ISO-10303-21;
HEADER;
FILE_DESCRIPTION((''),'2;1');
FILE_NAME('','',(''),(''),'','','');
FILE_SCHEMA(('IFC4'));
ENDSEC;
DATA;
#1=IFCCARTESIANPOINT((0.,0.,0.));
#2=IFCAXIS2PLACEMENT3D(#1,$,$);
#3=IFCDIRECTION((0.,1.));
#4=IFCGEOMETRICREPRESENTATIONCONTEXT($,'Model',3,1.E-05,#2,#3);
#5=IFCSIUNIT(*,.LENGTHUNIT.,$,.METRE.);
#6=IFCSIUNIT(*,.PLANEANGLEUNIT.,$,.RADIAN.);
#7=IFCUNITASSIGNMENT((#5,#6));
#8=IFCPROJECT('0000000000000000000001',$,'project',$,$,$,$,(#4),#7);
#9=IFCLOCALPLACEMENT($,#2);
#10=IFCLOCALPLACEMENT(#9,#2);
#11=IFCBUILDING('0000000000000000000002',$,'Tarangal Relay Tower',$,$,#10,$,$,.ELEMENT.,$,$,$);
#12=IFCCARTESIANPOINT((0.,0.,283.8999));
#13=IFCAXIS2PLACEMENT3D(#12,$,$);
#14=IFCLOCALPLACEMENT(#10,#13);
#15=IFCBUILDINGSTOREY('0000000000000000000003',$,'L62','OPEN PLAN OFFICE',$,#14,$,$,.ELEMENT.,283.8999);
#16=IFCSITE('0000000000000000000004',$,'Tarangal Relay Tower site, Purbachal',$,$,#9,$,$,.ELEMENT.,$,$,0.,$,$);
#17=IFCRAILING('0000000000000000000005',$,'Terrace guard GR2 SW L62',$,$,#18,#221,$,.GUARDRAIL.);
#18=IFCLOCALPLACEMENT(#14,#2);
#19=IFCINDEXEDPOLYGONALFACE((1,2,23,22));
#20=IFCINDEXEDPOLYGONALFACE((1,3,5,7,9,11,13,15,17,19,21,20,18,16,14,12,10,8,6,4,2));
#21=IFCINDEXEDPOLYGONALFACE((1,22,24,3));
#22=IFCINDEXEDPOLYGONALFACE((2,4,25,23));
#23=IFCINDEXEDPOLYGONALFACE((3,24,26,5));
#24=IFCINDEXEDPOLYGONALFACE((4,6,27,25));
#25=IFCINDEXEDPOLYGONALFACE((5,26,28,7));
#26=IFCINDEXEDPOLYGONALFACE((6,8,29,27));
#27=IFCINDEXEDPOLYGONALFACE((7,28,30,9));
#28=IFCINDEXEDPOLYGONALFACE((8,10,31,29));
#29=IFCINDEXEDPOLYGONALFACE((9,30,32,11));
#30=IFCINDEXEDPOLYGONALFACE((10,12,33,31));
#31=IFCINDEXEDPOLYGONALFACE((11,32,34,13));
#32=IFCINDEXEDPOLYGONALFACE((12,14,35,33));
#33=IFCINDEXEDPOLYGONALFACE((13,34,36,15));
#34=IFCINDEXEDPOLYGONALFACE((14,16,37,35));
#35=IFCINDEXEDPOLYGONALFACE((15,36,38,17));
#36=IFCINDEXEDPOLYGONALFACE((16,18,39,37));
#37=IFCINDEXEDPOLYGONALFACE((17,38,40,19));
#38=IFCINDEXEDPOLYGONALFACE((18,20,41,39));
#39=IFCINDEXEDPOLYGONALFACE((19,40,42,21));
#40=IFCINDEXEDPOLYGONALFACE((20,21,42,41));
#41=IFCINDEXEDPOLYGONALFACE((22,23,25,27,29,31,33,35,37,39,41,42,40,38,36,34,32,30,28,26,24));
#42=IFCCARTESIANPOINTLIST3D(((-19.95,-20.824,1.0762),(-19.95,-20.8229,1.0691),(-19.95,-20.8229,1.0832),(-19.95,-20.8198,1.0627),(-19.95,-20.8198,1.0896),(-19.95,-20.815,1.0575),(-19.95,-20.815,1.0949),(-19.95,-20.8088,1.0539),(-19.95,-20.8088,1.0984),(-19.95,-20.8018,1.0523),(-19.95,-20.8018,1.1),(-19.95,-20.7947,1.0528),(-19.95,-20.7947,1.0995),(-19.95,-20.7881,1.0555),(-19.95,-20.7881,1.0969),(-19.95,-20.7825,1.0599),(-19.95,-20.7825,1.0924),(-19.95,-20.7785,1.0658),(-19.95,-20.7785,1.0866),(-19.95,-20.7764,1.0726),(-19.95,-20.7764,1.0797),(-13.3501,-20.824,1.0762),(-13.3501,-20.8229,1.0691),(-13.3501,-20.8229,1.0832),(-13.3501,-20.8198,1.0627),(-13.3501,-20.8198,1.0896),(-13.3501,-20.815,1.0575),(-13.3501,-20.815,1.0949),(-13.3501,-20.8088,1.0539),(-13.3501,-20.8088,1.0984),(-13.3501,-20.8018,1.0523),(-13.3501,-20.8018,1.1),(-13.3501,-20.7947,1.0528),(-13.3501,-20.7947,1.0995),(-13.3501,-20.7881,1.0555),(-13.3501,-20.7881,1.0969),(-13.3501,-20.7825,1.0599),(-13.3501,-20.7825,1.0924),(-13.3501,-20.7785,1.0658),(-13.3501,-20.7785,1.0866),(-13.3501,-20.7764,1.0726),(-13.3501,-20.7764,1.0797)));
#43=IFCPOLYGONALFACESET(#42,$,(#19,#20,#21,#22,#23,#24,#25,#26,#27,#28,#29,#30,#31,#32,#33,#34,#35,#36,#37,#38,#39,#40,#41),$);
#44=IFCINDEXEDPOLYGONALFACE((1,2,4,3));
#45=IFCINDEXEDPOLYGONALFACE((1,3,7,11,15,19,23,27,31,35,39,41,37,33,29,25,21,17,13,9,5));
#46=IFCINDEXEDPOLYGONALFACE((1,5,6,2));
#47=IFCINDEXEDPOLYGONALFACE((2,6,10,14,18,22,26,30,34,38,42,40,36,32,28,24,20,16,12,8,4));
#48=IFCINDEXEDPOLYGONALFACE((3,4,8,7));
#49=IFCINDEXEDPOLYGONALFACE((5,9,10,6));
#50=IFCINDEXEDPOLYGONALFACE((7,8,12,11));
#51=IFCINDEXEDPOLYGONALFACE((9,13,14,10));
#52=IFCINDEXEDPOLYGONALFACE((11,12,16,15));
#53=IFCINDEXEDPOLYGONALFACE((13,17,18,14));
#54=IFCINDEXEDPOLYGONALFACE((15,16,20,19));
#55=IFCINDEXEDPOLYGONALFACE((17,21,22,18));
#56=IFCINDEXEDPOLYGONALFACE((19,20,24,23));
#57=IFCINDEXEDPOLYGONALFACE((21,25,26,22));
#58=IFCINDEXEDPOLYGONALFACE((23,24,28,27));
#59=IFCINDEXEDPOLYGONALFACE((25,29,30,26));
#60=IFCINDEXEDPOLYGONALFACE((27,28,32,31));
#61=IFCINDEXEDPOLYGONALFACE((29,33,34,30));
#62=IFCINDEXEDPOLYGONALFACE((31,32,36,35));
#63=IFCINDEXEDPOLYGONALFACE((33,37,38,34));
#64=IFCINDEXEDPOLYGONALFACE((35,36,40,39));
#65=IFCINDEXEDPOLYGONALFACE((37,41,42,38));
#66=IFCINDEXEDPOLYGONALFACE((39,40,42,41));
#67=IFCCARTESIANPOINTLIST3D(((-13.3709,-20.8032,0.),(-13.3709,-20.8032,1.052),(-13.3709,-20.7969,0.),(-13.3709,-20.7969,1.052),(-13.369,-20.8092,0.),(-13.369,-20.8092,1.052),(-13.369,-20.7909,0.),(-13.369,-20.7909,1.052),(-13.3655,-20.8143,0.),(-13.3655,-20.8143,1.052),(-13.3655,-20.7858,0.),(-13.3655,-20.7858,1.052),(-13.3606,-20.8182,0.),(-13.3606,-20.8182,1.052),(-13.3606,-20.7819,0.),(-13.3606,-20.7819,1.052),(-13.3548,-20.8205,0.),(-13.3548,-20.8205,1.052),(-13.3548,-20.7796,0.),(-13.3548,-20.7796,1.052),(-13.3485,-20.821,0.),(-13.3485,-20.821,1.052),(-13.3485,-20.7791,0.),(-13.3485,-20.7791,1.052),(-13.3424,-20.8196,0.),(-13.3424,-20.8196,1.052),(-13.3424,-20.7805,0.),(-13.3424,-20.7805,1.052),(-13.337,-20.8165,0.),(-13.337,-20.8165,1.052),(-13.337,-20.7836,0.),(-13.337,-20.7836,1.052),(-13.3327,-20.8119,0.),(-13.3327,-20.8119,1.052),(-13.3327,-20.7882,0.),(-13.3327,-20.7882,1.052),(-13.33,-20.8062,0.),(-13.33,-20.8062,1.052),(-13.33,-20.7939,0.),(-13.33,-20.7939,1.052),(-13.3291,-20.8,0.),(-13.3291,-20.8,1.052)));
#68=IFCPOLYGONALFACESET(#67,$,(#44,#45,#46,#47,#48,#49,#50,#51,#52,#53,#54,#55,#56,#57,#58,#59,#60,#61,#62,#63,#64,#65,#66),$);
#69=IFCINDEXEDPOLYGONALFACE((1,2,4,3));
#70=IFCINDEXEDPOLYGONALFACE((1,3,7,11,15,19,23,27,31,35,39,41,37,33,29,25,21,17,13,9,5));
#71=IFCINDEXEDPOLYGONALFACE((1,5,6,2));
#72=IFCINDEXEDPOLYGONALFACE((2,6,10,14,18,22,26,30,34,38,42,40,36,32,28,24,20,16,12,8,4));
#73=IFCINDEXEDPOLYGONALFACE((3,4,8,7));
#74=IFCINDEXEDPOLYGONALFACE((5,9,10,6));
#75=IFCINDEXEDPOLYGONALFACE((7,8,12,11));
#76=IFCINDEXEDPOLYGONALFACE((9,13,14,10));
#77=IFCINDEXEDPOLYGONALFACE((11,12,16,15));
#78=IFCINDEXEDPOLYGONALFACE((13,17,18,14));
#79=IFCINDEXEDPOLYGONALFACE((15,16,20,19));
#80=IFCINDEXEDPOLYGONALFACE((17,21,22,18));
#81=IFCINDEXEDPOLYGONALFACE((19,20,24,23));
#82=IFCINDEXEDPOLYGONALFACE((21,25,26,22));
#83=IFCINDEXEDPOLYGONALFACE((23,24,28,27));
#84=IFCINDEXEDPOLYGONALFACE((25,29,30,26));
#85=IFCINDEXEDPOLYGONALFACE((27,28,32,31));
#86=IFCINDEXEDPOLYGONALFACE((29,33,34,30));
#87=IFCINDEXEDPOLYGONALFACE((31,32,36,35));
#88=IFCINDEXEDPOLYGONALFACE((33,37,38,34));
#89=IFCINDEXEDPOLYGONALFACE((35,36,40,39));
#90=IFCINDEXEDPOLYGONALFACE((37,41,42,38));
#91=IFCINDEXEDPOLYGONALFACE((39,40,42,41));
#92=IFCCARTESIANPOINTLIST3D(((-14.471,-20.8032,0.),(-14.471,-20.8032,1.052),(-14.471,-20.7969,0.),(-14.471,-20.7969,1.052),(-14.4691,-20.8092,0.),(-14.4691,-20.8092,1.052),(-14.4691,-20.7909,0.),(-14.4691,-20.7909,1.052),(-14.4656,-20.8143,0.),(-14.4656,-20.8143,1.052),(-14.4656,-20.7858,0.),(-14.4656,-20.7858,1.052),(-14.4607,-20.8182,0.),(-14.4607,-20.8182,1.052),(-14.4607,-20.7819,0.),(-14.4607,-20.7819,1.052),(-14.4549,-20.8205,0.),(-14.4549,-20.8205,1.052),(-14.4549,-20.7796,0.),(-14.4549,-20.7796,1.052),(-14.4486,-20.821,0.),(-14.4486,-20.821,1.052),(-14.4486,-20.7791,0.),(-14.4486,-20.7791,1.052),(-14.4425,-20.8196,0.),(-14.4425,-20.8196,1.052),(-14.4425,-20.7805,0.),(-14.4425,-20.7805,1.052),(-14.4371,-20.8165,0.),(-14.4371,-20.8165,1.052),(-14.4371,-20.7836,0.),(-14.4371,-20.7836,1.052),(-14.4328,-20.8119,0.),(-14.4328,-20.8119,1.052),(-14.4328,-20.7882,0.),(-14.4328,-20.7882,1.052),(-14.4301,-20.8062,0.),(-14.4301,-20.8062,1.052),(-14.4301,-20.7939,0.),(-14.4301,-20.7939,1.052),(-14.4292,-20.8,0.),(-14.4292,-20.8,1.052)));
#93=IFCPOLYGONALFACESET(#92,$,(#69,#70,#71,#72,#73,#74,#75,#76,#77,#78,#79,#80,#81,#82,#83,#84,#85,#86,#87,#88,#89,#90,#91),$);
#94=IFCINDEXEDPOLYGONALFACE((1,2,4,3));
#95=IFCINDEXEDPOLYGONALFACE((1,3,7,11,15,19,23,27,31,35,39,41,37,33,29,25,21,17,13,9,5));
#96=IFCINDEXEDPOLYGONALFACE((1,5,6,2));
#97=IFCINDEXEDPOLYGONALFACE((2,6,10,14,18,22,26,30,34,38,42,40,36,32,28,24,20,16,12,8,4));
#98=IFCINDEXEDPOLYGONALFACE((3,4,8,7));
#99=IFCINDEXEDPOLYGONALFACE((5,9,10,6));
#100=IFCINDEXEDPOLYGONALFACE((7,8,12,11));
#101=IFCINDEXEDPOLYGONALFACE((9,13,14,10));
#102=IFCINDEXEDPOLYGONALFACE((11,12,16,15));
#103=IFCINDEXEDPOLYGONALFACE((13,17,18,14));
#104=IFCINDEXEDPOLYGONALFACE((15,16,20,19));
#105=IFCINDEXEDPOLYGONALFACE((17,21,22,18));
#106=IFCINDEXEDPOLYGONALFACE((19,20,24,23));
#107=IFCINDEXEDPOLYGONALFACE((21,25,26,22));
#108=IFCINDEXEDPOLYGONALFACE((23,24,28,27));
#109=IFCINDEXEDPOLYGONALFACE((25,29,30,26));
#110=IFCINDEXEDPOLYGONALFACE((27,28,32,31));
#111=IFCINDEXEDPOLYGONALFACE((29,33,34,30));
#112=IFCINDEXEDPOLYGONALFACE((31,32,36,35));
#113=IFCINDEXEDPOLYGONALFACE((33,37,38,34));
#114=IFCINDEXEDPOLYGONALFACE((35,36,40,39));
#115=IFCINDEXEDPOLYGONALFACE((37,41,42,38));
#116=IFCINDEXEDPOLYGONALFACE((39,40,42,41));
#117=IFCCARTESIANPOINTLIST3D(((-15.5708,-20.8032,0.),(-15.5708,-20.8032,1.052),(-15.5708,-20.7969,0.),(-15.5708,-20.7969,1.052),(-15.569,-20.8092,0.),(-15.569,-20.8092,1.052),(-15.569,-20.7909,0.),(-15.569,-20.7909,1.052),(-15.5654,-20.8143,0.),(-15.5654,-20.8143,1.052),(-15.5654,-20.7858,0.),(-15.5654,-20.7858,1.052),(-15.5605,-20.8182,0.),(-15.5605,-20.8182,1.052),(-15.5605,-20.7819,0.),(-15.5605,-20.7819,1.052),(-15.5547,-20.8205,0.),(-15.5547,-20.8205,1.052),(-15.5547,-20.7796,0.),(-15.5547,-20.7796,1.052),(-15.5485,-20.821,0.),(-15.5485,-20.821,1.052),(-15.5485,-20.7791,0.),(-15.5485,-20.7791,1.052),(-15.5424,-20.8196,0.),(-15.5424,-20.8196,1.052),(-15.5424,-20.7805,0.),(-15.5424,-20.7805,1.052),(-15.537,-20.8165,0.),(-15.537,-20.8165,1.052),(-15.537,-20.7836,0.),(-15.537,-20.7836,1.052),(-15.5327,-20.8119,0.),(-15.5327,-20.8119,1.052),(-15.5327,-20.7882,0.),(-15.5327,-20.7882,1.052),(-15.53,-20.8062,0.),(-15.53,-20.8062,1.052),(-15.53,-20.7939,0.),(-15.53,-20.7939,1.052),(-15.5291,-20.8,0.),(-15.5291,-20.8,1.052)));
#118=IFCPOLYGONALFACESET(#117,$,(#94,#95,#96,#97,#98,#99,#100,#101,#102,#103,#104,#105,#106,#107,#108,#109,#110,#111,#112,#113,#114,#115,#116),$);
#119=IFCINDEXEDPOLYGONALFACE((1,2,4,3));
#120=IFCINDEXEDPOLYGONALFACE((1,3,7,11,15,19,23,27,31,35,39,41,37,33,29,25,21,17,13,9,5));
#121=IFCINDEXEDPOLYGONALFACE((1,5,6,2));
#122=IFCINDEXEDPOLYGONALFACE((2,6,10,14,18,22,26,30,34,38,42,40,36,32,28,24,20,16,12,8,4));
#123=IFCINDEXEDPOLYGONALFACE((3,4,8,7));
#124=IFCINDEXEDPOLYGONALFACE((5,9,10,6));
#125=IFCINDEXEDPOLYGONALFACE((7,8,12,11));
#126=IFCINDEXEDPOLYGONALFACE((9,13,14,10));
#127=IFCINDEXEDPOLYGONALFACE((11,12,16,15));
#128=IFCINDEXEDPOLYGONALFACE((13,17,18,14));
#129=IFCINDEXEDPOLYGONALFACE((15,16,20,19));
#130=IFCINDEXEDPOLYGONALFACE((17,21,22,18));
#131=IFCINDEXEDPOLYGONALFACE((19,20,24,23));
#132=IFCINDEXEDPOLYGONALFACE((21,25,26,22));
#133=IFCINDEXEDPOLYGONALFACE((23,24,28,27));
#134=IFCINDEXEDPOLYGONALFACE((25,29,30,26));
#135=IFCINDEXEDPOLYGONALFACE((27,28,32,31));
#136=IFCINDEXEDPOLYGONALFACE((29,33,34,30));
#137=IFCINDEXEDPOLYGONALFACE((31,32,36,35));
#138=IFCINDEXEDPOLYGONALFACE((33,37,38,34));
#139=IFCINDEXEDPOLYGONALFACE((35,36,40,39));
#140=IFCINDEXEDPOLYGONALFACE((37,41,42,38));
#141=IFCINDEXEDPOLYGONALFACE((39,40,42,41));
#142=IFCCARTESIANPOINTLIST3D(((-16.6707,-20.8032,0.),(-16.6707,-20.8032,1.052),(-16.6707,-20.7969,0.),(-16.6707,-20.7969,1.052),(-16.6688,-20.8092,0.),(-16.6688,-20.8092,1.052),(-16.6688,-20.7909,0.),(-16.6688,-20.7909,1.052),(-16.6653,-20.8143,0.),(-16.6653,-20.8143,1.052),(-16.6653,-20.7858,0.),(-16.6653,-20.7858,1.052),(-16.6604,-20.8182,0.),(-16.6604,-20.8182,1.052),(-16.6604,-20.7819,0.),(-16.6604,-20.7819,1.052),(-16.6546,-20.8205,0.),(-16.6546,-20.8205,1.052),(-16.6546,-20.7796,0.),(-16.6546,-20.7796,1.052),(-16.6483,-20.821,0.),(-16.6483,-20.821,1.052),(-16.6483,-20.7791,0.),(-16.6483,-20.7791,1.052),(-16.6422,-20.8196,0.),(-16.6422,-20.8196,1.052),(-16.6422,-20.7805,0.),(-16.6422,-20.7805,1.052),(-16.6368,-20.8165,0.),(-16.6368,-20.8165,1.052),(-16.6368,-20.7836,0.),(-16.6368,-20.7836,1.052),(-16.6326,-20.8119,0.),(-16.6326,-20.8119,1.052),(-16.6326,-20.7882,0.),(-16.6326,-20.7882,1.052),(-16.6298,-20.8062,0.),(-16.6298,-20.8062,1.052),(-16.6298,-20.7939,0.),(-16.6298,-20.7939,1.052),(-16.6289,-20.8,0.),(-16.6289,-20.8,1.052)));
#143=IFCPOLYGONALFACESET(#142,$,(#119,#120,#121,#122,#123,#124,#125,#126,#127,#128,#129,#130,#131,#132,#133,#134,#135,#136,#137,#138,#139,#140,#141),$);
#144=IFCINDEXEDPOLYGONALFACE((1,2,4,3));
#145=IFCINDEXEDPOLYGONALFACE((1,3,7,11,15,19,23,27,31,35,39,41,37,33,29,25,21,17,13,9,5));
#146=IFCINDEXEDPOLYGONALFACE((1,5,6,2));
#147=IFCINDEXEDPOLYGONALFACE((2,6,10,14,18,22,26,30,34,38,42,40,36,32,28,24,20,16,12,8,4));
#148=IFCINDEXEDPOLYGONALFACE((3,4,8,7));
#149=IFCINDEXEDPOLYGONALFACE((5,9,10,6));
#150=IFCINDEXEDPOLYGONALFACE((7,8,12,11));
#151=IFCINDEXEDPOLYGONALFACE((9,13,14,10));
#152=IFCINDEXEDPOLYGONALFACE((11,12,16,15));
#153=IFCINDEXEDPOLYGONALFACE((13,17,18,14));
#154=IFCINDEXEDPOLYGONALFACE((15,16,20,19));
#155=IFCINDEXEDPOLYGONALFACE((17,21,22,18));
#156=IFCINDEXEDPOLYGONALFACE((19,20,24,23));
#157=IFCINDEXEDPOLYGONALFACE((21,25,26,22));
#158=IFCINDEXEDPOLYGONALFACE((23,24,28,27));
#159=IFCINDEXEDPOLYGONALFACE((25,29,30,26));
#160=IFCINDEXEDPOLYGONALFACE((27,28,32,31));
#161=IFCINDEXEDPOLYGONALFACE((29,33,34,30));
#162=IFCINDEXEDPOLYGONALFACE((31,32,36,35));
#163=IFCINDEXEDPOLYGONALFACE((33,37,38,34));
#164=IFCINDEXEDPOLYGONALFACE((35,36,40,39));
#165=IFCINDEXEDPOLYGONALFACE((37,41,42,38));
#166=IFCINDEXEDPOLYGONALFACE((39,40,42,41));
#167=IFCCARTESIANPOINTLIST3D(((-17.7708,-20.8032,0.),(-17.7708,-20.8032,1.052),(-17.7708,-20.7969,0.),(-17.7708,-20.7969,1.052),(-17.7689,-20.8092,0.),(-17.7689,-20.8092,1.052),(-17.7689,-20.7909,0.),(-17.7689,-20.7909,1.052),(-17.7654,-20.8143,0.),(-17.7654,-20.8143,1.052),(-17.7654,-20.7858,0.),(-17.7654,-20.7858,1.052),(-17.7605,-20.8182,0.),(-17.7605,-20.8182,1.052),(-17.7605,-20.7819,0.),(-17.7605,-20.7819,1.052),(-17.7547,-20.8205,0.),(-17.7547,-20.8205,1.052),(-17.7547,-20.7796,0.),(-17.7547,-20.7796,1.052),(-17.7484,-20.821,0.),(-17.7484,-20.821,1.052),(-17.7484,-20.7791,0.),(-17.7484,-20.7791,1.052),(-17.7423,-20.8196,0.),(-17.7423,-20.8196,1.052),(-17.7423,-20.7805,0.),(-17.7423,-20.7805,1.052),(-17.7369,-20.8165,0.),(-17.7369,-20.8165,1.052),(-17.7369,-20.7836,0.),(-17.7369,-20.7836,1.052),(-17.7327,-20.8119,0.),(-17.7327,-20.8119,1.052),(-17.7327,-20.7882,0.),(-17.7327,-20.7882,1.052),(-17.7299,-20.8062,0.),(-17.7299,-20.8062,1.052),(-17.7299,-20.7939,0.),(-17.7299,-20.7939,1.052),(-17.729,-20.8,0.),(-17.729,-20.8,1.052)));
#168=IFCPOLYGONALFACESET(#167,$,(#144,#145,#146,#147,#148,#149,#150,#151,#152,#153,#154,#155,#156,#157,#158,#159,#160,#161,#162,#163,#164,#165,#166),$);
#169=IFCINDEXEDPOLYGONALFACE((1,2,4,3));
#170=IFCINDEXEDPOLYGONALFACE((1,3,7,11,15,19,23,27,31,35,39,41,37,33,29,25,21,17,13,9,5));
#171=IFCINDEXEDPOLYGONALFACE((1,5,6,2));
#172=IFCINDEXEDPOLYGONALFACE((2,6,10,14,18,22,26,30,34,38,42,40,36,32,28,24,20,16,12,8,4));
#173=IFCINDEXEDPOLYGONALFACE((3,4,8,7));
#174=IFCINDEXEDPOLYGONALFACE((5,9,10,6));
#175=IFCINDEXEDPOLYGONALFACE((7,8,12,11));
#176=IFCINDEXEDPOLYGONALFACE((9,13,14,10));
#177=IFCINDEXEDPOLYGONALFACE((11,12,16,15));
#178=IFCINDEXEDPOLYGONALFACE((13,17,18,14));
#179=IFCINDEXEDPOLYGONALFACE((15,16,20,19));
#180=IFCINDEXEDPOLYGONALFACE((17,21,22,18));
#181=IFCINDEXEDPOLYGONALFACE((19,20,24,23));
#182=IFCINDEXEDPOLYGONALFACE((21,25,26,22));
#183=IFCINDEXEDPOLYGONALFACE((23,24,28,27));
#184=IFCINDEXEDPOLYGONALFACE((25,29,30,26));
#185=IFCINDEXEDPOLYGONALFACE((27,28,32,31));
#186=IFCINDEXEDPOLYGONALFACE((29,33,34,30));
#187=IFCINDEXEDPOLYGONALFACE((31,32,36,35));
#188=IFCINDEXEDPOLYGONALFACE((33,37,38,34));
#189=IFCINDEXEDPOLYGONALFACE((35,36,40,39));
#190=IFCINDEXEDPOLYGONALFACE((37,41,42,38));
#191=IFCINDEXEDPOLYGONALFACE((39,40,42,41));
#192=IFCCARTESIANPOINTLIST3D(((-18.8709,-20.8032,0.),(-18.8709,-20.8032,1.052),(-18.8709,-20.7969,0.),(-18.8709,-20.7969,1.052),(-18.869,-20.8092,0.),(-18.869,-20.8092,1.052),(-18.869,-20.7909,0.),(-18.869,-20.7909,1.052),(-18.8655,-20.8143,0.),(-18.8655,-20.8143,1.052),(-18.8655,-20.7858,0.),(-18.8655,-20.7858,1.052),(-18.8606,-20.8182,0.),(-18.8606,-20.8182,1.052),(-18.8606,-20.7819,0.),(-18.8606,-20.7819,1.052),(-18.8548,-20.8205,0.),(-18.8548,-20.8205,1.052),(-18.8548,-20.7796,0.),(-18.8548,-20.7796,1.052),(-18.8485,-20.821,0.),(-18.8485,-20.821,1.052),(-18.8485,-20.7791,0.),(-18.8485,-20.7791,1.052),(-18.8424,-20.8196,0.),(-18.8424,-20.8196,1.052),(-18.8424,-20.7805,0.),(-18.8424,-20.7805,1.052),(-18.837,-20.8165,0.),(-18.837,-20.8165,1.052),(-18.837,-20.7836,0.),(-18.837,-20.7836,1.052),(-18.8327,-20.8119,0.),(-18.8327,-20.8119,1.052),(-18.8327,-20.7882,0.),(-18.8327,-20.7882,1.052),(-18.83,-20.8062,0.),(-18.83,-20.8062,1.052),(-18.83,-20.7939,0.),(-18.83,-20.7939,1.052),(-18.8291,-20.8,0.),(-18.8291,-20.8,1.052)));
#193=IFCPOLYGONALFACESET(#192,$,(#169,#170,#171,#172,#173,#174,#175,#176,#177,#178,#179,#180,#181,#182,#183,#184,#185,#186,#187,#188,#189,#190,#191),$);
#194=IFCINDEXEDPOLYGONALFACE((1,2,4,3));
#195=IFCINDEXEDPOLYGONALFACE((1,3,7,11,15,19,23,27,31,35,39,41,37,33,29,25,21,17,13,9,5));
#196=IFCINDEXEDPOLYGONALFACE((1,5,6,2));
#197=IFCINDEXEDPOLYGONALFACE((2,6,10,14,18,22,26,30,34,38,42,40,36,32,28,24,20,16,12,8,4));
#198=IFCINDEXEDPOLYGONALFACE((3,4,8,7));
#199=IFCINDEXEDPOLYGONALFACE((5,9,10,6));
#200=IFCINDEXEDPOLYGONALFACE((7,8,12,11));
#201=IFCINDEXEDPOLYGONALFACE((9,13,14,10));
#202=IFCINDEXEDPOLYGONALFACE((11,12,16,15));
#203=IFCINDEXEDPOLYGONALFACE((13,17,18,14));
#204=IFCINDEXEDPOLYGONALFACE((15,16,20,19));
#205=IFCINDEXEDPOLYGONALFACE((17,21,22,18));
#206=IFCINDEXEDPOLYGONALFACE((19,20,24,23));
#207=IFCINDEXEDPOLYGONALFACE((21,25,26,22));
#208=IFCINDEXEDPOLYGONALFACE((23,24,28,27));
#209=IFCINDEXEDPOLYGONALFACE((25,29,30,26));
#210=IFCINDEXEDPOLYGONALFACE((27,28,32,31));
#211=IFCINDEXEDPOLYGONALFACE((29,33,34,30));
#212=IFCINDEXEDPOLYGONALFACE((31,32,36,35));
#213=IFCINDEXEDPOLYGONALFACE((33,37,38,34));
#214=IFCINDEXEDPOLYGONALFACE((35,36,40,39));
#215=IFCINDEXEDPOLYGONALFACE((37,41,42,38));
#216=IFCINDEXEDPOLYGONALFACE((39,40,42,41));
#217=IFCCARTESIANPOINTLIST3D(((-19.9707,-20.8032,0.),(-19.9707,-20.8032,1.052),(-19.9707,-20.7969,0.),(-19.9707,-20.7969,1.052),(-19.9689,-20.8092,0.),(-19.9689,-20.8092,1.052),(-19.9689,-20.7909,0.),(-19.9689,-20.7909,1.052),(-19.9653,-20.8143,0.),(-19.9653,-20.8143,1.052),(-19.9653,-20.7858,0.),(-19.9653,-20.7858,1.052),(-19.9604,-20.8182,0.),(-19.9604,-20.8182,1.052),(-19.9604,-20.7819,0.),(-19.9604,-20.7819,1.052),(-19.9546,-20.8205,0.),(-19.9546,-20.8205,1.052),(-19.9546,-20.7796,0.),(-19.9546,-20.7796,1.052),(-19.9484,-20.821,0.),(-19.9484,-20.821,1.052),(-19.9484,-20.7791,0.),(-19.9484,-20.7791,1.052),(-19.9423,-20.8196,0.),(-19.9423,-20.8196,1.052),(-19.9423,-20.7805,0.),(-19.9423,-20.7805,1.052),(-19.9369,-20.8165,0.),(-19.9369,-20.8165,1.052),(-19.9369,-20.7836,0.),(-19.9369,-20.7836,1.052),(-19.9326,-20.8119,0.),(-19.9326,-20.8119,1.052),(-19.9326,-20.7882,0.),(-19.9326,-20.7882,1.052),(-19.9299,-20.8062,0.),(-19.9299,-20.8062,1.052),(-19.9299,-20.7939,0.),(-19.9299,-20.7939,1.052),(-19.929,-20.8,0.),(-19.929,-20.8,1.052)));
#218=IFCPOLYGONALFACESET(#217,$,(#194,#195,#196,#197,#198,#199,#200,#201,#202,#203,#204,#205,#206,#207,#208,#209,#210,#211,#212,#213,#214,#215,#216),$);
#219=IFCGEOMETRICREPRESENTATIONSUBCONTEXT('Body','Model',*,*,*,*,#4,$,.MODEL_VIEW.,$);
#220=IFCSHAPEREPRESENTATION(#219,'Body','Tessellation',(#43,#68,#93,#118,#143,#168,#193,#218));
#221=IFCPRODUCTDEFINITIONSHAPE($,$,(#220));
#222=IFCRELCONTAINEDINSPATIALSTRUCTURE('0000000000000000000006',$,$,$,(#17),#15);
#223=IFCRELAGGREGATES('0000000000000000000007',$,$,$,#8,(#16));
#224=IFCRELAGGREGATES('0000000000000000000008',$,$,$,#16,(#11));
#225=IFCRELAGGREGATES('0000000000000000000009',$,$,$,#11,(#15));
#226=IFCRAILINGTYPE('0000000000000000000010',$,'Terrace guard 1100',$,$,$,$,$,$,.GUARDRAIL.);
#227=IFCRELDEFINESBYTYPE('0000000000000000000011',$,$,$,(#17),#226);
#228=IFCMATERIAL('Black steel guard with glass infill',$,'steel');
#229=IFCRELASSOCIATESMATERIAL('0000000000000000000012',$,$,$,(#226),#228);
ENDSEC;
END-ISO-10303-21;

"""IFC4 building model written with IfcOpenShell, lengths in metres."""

from ifc_helpers import new_model, si_unit, direction, frame, origin, origin_2d, place, context, subcontext, project, spatial, circle, extrude, material, type_object, element, save


model = new_model("IFC4")

# Units and contexts
model_context = context("Model", 3, precision=1e-05, world=origin(), true_north=direction((0.0, 1.0)))
body_context = subcontext(model_context, "Body", "Model", "MODEL_VIEW")
ifc_project = project(units=[si_unit("LENGTHUNIT", "METRE"), si_unit("PLANEANGLEUNIT", "RADIAN")], contexts=[model_context])

# Site, building, storey
site_placement = place(None, origin())
site = spatial("IfcSite", under=ifc_project, at=site_placement, Name="Tarangal Relay Tower site, Purbachal", CompositionType="ELEMENT", RefElevation=0.0)
building_placement = place(site_placement, origin())
building = spatial("IfcBuilding", under=site, at=building_placement, Name="Tarangal Relay Tower", CompositionType="ELEMENT")
storey_placement = place(building_placement, frame((0.0, 0.0, 283.8999)))
storey = spatial("IfcBuildingStorey", under=building, at=storey_placement, Name="L62", Description="OPEN PLAN OFFICE", CompositionType="ELEMENT", Elevation=283.8999)

# Railing
ifc_material_1 = material(Name="Black steel guard with glass infill", Category="steel")
railing_type = type_object("IfcRailingType", Name="Terrace guard 1100", PredefinedType="GUARDRAIL", material=ifc_material_1)
railing_1_placement = place(storey_placement, frame((-13.3501, -20.8, 0.0)))
element("IfcRailing", 1, at=railing_1_placement, inside=storey, type_object=railing_type, Name="Terrace guard GR2 SW L62", PredefinedType="GUARDRAIL", context=body_context, shape_type="SweptSolid", body=[
    extrude(circle(Radius=0.0239, at=origin_2d()), frame((0.0, 0.0, 1.0762), z_axis=(-1.0, 0.0, 0.0), x_axis=(0.0, -1.0, 0.0)), (0.0, 0.0, 1.0), 6.5999),
    extrude(circle(Radius=0.021, at=origin_2d()), origin(), (0.0, 0.0, 1.0), 1.052),
    extrude(circle(Radius=0.021, at=origin_2d()), frame((-1.1001, 0.0, 0.0)), (0.0, 0.0, 1.0), 1.052),
    extrude(circle(Radius=0.021, at=origin_2d()), frame((-2.2, 0.0, 0.0)), (0.0, 0.0, 1.0), 1.052),
    extrude(circle(Radius=0.021, at=origin_2d()), frame((-3.2998, 0.0, 0.0)), (0.0, 0.0, 1.0), 1.052),
    extrude(circle(Radius=0.021, at=origin_2d()), frame((-4.3999, 0.0, 0.0)), (0.0, 0.0, 1.0), 1.052),
    extrude(circle(Radius=0.021, at=origin_2d()), frame((-5.5, 0.0, 0.0)), (0.0, 0.0, 1.0), 1.052),
    extrude(circle(Radius=0.021, at=origin_2d()), frame((-6.5999, 0.0, 0.0)), (0.0, 0.0, 1.0), 1.052),
])

save(model, "model.ifc")
